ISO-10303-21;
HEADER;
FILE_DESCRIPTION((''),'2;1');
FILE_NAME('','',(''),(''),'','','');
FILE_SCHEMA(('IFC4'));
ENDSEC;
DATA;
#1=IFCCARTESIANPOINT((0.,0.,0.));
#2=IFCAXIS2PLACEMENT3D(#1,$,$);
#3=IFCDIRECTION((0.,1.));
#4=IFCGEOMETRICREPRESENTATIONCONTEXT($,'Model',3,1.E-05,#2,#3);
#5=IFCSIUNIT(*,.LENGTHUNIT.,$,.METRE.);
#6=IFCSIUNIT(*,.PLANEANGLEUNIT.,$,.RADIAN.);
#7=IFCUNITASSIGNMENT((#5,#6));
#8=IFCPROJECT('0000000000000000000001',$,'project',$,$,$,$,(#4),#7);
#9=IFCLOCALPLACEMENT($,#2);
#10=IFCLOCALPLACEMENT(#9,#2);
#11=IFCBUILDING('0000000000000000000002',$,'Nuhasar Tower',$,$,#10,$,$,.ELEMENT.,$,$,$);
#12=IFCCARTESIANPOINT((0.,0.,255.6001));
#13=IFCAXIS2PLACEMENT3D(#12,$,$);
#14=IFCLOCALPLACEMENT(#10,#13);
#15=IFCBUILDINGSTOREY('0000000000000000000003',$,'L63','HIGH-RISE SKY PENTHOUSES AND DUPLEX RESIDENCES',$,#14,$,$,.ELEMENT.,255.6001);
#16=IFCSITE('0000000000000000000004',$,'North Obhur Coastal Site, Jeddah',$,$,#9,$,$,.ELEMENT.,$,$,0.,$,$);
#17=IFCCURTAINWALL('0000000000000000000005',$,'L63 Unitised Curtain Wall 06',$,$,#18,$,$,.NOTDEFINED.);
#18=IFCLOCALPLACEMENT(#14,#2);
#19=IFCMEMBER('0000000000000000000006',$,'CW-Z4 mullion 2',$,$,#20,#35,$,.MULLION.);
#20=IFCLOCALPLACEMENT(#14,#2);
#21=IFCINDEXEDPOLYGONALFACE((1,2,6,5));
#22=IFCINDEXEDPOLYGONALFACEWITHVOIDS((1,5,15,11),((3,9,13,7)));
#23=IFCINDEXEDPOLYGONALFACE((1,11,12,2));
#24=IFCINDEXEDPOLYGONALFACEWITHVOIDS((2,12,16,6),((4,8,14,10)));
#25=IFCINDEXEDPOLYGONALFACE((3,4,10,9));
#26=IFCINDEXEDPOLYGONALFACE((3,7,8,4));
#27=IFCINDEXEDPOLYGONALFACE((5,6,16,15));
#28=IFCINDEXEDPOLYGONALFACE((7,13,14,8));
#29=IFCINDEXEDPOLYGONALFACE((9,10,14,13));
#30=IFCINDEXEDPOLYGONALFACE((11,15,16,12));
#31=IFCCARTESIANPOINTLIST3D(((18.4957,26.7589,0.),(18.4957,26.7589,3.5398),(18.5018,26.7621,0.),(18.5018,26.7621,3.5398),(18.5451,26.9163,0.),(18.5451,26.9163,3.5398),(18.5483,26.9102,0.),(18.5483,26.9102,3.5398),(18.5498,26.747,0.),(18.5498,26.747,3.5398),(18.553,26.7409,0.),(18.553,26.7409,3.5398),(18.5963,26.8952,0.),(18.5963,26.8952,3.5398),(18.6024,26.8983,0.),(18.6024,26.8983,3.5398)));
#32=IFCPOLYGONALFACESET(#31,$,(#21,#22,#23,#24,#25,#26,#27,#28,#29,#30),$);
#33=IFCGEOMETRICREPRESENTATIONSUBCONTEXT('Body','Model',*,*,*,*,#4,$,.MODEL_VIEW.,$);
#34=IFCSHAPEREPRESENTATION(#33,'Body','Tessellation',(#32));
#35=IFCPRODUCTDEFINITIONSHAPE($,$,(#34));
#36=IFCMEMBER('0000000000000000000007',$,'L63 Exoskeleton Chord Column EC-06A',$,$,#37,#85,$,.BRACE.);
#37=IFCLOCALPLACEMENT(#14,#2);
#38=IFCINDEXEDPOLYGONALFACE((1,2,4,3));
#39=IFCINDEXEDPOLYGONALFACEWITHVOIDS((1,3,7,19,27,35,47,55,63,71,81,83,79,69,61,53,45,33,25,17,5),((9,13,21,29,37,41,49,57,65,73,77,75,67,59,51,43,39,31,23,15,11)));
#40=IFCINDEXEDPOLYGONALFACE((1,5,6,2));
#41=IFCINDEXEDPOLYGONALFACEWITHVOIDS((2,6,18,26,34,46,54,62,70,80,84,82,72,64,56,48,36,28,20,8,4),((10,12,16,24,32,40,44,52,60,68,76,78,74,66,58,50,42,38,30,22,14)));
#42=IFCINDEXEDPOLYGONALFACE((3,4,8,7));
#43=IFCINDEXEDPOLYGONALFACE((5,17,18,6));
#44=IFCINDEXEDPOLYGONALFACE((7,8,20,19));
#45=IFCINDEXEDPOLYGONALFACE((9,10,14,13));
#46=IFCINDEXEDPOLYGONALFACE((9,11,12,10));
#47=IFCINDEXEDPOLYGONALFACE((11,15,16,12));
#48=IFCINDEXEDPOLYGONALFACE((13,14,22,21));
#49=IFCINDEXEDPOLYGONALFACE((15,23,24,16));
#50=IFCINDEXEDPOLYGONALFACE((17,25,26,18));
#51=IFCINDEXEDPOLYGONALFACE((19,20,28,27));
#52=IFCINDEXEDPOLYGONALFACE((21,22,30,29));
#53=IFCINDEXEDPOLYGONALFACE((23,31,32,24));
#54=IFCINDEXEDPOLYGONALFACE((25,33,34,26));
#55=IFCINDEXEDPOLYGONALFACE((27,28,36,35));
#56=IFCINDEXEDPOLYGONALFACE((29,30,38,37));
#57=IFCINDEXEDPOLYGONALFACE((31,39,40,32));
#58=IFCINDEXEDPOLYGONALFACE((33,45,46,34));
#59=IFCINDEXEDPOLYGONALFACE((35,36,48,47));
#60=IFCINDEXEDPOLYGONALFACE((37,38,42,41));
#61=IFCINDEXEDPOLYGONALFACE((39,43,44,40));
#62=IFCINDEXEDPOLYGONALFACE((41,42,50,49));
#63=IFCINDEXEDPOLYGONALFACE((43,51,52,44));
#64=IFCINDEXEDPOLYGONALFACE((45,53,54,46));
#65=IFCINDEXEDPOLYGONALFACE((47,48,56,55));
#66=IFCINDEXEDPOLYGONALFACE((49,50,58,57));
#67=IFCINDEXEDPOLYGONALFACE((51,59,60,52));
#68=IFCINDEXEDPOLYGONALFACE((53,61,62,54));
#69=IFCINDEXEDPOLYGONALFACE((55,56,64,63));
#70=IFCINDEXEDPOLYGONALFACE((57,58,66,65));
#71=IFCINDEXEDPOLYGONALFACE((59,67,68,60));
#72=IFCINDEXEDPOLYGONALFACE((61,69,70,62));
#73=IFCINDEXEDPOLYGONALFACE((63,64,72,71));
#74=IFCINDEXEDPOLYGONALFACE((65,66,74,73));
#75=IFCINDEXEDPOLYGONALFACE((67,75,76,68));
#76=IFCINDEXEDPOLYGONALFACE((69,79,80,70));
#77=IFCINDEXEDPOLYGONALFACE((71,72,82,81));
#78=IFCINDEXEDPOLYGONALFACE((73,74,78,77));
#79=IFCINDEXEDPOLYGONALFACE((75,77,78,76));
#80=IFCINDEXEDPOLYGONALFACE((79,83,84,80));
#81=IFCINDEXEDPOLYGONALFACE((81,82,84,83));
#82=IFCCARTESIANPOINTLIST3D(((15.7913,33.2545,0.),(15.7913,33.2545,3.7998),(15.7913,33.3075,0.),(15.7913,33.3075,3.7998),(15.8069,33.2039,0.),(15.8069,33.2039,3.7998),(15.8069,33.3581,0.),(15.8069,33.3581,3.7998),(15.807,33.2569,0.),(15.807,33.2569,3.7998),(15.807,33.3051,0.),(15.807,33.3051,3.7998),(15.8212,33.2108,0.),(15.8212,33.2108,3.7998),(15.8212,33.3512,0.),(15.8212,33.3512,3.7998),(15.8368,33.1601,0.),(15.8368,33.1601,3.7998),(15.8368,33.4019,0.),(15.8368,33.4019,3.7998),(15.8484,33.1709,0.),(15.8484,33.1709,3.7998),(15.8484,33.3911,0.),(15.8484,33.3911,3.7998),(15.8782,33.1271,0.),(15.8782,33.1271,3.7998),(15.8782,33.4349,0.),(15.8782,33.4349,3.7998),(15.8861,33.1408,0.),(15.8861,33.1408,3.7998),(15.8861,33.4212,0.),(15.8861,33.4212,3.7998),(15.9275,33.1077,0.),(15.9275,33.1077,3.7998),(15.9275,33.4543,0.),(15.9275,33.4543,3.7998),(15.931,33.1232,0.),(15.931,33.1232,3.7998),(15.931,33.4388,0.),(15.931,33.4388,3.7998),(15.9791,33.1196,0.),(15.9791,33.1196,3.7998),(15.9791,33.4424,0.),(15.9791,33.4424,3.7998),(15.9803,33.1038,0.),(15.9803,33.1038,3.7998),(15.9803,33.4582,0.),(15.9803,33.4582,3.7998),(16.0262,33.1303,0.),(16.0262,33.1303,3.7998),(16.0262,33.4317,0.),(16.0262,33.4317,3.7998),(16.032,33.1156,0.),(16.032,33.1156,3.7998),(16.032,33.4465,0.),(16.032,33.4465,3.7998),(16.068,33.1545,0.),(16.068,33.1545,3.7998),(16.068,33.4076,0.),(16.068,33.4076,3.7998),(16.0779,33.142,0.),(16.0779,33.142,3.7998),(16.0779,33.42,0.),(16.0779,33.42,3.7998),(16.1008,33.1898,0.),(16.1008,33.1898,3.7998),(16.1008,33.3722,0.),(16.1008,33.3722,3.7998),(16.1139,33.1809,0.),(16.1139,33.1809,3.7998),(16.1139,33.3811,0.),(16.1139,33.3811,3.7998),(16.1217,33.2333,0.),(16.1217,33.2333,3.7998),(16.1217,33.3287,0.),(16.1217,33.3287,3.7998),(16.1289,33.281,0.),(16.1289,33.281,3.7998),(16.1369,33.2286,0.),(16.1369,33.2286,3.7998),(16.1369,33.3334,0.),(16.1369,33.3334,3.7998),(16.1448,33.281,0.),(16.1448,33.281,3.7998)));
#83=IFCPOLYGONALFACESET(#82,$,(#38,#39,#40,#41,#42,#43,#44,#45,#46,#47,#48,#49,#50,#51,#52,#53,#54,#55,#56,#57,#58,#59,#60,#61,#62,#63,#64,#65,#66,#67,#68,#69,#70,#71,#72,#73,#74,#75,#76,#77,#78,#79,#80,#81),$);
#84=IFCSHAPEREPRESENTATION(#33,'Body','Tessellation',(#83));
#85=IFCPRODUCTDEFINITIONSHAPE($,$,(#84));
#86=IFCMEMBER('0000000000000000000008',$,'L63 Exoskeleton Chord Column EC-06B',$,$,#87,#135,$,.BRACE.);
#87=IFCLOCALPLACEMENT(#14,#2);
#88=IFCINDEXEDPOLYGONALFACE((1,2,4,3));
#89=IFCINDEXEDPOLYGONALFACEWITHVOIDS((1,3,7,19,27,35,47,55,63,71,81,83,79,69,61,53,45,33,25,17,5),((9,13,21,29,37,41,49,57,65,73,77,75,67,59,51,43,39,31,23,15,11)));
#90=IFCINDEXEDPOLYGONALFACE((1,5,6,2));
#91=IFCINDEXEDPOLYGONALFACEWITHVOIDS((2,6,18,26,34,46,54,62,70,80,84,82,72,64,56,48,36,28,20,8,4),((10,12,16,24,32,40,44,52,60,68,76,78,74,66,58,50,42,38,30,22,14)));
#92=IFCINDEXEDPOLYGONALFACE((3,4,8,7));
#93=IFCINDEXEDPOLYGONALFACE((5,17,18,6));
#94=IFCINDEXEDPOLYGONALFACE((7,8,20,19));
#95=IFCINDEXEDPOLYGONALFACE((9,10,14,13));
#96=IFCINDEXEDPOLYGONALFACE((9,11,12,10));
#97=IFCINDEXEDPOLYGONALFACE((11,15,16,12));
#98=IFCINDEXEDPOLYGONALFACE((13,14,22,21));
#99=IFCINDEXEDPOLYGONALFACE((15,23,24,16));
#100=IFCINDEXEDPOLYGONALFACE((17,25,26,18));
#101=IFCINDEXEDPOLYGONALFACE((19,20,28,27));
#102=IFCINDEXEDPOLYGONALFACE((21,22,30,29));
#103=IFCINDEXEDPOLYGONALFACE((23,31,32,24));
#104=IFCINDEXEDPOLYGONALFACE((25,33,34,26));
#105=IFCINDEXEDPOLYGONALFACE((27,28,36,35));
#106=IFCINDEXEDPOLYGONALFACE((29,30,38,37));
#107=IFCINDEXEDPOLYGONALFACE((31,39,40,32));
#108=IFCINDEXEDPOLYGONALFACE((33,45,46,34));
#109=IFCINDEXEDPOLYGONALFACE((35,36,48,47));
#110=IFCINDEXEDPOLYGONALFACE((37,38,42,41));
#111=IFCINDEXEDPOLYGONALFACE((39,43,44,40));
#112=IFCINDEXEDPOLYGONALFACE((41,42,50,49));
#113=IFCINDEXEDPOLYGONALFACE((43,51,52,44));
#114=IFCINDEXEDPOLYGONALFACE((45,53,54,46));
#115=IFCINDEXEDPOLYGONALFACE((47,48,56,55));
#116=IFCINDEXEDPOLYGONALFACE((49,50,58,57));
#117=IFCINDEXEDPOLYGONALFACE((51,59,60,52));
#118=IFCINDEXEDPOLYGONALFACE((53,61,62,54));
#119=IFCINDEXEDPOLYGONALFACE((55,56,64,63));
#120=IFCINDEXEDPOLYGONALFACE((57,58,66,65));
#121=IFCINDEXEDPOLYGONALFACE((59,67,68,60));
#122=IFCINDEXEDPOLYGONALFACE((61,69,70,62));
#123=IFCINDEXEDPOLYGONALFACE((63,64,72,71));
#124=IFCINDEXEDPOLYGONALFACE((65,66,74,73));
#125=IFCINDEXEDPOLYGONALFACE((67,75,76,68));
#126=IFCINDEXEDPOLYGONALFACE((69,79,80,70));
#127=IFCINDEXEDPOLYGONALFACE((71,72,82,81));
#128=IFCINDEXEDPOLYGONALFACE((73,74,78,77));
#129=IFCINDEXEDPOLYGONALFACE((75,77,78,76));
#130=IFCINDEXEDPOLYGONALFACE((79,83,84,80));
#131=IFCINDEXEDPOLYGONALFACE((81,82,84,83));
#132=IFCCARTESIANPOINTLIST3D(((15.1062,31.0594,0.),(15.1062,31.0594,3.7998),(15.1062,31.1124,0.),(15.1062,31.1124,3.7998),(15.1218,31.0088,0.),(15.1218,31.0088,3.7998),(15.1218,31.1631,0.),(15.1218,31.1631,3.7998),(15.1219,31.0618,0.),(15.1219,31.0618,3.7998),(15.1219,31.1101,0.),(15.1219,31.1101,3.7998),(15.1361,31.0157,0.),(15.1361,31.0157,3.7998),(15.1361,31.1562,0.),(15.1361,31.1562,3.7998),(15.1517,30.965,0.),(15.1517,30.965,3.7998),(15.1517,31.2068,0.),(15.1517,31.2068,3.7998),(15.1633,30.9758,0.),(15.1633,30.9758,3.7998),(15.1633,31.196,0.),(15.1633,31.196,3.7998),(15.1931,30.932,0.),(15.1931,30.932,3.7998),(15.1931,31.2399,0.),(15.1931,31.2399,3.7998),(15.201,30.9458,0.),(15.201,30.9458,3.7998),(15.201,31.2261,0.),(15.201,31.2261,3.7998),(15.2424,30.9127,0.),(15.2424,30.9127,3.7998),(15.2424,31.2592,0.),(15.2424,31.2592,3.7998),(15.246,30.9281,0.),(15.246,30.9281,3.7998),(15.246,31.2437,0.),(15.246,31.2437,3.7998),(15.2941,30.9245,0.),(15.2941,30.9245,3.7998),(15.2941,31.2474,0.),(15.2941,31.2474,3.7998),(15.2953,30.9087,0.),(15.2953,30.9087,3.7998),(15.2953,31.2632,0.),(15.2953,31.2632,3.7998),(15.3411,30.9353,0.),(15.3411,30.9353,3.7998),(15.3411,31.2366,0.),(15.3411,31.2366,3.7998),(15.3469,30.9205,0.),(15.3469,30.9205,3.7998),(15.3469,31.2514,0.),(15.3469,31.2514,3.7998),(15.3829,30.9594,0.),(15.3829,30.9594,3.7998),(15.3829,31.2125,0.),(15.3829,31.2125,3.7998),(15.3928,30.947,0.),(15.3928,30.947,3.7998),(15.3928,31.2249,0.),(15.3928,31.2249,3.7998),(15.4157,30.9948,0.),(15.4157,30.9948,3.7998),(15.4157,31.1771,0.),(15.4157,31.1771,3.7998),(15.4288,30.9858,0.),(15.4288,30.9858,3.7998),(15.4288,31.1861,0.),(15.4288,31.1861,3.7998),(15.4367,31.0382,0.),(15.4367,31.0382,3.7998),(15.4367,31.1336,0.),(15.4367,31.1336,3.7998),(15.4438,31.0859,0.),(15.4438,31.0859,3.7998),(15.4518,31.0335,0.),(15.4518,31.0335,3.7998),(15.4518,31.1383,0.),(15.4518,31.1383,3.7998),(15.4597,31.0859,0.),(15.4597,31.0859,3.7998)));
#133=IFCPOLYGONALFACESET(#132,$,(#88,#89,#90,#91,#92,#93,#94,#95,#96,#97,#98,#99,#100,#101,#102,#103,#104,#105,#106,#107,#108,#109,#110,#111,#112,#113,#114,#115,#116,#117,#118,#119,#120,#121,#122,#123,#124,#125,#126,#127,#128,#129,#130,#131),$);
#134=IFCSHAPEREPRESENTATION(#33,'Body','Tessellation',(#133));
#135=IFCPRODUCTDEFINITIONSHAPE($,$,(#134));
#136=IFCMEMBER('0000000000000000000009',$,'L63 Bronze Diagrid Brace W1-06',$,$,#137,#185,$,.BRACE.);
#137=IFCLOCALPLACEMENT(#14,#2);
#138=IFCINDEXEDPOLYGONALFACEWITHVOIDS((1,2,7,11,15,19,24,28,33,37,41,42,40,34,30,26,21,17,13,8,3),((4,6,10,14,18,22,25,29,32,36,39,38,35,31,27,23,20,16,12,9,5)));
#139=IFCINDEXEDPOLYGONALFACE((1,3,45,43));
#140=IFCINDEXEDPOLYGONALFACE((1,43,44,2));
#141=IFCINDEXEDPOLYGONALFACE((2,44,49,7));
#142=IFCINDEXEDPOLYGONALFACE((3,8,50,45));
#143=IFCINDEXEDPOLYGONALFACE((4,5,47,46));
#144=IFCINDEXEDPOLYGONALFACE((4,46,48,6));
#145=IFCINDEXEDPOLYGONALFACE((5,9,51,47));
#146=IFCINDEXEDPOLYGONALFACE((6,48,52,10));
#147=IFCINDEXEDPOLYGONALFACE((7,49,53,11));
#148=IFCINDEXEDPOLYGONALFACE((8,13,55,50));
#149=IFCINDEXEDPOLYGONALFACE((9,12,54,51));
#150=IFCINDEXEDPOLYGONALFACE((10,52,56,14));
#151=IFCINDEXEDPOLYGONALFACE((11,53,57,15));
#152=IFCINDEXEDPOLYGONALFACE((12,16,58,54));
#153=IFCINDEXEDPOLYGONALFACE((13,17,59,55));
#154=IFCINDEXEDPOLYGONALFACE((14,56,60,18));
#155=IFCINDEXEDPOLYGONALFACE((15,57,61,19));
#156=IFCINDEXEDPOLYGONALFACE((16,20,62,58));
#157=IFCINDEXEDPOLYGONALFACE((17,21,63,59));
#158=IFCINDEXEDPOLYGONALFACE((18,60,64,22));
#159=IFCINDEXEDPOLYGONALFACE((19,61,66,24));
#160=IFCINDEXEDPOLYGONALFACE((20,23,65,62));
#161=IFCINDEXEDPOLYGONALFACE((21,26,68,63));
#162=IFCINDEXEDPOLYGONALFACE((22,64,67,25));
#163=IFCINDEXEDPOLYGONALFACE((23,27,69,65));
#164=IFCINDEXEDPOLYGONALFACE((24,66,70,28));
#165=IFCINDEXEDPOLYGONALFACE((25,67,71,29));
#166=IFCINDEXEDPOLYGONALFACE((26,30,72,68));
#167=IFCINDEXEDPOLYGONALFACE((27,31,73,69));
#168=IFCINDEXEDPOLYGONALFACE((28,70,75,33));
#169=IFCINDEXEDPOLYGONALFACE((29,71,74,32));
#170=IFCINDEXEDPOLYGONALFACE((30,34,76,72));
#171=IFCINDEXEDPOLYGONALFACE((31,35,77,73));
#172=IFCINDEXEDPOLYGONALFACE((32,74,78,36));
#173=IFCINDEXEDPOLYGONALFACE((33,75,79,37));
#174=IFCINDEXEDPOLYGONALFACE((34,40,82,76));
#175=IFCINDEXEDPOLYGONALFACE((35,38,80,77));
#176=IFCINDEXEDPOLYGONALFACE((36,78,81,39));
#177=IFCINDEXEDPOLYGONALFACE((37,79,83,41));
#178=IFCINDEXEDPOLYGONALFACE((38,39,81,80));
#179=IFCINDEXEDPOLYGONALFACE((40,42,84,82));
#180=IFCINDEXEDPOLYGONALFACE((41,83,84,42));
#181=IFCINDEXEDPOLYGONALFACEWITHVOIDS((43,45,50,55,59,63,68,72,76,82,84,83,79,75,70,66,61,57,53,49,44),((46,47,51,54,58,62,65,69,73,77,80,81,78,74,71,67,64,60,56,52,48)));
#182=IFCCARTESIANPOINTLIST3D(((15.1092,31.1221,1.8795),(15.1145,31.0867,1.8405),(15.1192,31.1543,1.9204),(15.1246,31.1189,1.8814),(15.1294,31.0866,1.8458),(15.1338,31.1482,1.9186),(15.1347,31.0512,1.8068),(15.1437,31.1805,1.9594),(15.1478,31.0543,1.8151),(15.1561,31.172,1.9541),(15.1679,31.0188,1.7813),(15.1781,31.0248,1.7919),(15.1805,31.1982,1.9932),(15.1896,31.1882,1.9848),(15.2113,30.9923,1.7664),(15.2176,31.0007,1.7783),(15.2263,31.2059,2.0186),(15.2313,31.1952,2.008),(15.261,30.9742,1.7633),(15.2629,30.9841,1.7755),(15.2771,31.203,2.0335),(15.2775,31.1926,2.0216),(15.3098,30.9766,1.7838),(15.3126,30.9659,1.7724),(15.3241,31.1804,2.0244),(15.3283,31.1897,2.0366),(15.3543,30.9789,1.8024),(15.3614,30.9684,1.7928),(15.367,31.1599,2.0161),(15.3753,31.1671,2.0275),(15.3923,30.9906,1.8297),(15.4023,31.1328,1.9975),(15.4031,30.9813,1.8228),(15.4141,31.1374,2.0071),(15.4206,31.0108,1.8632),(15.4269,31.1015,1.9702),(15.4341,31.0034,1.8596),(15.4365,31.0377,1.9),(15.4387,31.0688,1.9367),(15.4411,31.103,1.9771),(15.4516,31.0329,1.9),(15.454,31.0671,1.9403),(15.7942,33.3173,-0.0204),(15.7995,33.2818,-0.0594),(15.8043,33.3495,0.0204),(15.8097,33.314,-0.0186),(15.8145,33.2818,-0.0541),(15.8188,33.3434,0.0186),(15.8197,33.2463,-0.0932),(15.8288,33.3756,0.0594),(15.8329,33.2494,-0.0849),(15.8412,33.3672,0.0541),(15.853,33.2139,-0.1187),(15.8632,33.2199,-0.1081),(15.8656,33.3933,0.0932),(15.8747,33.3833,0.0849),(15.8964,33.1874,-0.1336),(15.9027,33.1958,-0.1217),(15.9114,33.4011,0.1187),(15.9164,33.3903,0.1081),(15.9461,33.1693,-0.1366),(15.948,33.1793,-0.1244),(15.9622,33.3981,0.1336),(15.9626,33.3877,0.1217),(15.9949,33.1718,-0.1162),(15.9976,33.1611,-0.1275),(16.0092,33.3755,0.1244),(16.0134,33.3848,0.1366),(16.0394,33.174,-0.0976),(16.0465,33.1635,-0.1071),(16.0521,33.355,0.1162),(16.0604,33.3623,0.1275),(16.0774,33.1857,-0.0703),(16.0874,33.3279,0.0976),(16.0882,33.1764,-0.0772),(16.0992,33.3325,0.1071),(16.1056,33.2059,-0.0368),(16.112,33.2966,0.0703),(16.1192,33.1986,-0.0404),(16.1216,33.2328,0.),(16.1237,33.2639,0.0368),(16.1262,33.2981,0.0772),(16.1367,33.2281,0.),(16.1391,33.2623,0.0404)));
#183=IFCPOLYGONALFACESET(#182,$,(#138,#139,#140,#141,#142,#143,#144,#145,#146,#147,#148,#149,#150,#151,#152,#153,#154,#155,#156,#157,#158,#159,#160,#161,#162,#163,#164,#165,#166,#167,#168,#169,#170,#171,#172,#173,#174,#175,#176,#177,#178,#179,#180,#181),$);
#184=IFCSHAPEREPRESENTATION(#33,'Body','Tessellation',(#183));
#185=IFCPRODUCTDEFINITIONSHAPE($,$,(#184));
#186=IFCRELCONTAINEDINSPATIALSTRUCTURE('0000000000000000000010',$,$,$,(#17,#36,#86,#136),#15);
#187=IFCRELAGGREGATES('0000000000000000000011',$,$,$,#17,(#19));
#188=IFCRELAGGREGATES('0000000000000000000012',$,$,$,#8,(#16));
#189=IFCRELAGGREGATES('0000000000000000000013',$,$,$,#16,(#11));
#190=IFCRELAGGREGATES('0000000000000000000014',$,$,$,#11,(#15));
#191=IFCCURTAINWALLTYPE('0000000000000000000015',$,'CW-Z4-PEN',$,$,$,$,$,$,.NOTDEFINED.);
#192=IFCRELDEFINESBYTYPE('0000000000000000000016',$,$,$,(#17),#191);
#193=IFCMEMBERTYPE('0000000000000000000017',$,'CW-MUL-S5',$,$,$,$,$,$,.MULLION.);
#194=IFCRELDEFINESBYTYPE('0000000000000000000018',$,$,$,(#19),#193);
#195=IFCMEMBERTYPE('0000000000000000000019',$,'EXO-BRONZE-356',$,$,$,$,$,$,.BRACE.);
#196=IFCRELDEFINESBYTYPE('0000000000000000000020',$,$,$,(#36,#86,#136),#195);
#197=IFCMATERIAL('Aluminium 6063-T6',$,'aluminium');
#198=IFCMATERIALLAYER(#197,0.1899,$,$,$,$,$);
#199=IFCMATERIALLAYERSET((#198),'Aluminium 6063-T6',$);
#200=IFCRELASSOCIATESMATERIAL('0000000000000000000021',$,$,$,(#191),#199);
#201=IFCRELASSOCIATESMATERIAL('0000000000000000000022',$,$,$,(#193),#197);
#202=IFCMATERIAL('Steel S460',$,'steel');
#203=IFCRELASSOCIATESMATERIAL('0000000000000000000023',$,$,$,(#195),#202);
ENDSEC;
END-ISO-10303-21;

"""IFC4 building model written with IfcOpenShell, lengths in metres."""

from ifc_helpers import new_model, si_unit, direction, frame, origin, origin_2d, place, context, subcontext, project, spatial, hollow_rectangle, hollow_circle, extrude, material, layer, layer_set, material_profile, profile_set, type_object, element, aggregate, save


model = new_model("IFC4")

# Units and contexts
model_context = context("Model", 3, precision=1e-05, world=origin(), true_north=direction((0.0, 1.0)))
body_context = subcontext(model_context, "Body", "Model", "MODEL_VIEW")
ifc_project = project(units=[si_unit("LENGTHUNIT", "METRE"), si_unit("PLANEANGLEUNIT", "RADIAN")], contexts=[model_context])

# Site, building, storey
site_placement = place(None, origin())
site = spatial("IfcSite", under=ifc_project, at=site_placement, Name="North Obhur Coastal Site, Jeddah", CompositionType="ELEMENT", RefElevation=0.0)
building_placement = place(site_placement, origin())
building = spatial("IfcBuilding", under=site, at=building_placement, Name="Nuhasar Tower", CompositionType="ELEMENT")
storey_placement = place(building_placement, frame((0.0, 0.0, 255.6001)))
storey = spatial("IfcBuildingStorey", under=building, at=storey_placement, Name="L63", Description="HIGH-RISE SKY PENTHOUSES AND DUPLEX RESIDENCES", CompositionType="ELEMENT", Elevation=255.6001)

# Shared definitions
ifc_material_1 = material(Name="Steel S460", Category="steel")

# Curtain wall, member
ifc_material_2 = material(Name="Aluminium 6063-T6", Category="aluminium")
ifc_layer_1 = layer(ifc_material_2, 0.1899)
ifc_layer_set_1 = layer_set([ifc_layer_1], Name="Aluminium 6063-T6")
curtain_wall_type = type_object("IfcCurtainWallType", Name="CW-Z4-PEN", PredefinedType="NOTDEFINED", material=ifc_layer_set_1)
curtain_wall_placement = place(storey_placement, origin())
curtain_wall = element("IfcCurtainWall", 1, at=curtain_wall_placement, inside=storey, type_object=curtain_wall_type, Name="L63 Unitised Curtain Wall 06", PredefinedType="NOTDEFINED")
ifc_material_profile_1 = material_profile(ifc_material_2, hollow_rectangle(XDim=0.0601, YDim=0.165, WallThickness=0.0049, at=origin_2d()), Name="CWM-5")
ifc_profile_set_1 = profile_set([ifc_material_profile_1], Name="Aluminium 6063-T6")
member_type_1 = type_object("IfcMemberType", Name="CW-MUL-S5", PredefinedType="MULLION", material=ifc_profile_set_1)
member_placement = place(storey_placement, frame((18.5491, 26.8286, 0.0), z_axis=(0.0, 0.0, 1.0), x_axis=(0.954079, -0.299557, 0.0)))
member = element("IfcMember", 2, at=member_placement, type_object=member_type_1, Name="CW-Z4 mullion 2", PredefinedType="MULLION", context=body_context, shape_type="SweptSolid", body=[
    extrude(hollow_rectangle(XDim=0.0601, YDim=0.165, WallThickness=0.0049, at=origin_2d()), origin(), (0.0, 0.0, 1.0), 3.5398),
])

# Members
ifc_material_profile_2 = material_profile(ifc_material_1, hollow_circle(Radius=0.1777, WallThickness=0.0159, at=origin_2d()), Name="HSS355.6X15.9")
ifc_profile_set_2 = profile_set([ifc_material_profile_2], Name="Steel S460")
member_type_2 = type_object("IfcMemberType", Name="EXO-BRONZE-356", PredefinedType="BRACE", material=ifc_profile_set_2)
for number, where, z_axis, x_axis, name in (
    (3, (15.967, 33.281, 0.0), (0.0, 0.0, 1.0), (1.0, 0.0, 0.0), "L63 Exoskeleton Chord Column EC-06A"),
    (4, (15.282, 31.0859, 0.0), (0.0, 0.0, 1.0), (1.0, 0.0, 0.0), "L63 Exoskeleton Chord Column EC-06B"),
):
    element("IfcMember", number, at=place(storey_placement, frame(where, z_axis=z_axis, x_axis=x_axis)), inside=storey, type_object=member_type_2, Name=name, PredefinedType="BRACE", context=body_context, shape_type="SweptSolid", body=[
        extrude(hollow_circle(Radius=0.1777, WallThickness=0.0159, at=origin_2d()), origin(), (0.0, 0.0, 1.0), 3.7998),
    ])
for number, where, z_axis, x_axis, name in (
    (5, (15.967, 33.281, 0.0), (-0.229668, -0.735902, 0.636947), (0.954591, -0.297918, 0.0), "L63 Bronze Diagrid Brace W1-06"),
):
    element("IfcMember", number, at=place(storey_placement, frame(where, z_axis=z_axis, x_axis=x_axis)), inside=storey, type_object=member_type_2, Name=name, PredefinedType="BRACE", context=body_context, shape_type="SweptSolid", body=[
        extrude(hollow_circle(Radius=0.1777, WallThickness=0.0159, at=origin_2d()), origin(), (0.0, 0.0, 1.0), 2.9829),
    ])

aggregate(curtain_wall, [member])

save(model, "model.ifc")
